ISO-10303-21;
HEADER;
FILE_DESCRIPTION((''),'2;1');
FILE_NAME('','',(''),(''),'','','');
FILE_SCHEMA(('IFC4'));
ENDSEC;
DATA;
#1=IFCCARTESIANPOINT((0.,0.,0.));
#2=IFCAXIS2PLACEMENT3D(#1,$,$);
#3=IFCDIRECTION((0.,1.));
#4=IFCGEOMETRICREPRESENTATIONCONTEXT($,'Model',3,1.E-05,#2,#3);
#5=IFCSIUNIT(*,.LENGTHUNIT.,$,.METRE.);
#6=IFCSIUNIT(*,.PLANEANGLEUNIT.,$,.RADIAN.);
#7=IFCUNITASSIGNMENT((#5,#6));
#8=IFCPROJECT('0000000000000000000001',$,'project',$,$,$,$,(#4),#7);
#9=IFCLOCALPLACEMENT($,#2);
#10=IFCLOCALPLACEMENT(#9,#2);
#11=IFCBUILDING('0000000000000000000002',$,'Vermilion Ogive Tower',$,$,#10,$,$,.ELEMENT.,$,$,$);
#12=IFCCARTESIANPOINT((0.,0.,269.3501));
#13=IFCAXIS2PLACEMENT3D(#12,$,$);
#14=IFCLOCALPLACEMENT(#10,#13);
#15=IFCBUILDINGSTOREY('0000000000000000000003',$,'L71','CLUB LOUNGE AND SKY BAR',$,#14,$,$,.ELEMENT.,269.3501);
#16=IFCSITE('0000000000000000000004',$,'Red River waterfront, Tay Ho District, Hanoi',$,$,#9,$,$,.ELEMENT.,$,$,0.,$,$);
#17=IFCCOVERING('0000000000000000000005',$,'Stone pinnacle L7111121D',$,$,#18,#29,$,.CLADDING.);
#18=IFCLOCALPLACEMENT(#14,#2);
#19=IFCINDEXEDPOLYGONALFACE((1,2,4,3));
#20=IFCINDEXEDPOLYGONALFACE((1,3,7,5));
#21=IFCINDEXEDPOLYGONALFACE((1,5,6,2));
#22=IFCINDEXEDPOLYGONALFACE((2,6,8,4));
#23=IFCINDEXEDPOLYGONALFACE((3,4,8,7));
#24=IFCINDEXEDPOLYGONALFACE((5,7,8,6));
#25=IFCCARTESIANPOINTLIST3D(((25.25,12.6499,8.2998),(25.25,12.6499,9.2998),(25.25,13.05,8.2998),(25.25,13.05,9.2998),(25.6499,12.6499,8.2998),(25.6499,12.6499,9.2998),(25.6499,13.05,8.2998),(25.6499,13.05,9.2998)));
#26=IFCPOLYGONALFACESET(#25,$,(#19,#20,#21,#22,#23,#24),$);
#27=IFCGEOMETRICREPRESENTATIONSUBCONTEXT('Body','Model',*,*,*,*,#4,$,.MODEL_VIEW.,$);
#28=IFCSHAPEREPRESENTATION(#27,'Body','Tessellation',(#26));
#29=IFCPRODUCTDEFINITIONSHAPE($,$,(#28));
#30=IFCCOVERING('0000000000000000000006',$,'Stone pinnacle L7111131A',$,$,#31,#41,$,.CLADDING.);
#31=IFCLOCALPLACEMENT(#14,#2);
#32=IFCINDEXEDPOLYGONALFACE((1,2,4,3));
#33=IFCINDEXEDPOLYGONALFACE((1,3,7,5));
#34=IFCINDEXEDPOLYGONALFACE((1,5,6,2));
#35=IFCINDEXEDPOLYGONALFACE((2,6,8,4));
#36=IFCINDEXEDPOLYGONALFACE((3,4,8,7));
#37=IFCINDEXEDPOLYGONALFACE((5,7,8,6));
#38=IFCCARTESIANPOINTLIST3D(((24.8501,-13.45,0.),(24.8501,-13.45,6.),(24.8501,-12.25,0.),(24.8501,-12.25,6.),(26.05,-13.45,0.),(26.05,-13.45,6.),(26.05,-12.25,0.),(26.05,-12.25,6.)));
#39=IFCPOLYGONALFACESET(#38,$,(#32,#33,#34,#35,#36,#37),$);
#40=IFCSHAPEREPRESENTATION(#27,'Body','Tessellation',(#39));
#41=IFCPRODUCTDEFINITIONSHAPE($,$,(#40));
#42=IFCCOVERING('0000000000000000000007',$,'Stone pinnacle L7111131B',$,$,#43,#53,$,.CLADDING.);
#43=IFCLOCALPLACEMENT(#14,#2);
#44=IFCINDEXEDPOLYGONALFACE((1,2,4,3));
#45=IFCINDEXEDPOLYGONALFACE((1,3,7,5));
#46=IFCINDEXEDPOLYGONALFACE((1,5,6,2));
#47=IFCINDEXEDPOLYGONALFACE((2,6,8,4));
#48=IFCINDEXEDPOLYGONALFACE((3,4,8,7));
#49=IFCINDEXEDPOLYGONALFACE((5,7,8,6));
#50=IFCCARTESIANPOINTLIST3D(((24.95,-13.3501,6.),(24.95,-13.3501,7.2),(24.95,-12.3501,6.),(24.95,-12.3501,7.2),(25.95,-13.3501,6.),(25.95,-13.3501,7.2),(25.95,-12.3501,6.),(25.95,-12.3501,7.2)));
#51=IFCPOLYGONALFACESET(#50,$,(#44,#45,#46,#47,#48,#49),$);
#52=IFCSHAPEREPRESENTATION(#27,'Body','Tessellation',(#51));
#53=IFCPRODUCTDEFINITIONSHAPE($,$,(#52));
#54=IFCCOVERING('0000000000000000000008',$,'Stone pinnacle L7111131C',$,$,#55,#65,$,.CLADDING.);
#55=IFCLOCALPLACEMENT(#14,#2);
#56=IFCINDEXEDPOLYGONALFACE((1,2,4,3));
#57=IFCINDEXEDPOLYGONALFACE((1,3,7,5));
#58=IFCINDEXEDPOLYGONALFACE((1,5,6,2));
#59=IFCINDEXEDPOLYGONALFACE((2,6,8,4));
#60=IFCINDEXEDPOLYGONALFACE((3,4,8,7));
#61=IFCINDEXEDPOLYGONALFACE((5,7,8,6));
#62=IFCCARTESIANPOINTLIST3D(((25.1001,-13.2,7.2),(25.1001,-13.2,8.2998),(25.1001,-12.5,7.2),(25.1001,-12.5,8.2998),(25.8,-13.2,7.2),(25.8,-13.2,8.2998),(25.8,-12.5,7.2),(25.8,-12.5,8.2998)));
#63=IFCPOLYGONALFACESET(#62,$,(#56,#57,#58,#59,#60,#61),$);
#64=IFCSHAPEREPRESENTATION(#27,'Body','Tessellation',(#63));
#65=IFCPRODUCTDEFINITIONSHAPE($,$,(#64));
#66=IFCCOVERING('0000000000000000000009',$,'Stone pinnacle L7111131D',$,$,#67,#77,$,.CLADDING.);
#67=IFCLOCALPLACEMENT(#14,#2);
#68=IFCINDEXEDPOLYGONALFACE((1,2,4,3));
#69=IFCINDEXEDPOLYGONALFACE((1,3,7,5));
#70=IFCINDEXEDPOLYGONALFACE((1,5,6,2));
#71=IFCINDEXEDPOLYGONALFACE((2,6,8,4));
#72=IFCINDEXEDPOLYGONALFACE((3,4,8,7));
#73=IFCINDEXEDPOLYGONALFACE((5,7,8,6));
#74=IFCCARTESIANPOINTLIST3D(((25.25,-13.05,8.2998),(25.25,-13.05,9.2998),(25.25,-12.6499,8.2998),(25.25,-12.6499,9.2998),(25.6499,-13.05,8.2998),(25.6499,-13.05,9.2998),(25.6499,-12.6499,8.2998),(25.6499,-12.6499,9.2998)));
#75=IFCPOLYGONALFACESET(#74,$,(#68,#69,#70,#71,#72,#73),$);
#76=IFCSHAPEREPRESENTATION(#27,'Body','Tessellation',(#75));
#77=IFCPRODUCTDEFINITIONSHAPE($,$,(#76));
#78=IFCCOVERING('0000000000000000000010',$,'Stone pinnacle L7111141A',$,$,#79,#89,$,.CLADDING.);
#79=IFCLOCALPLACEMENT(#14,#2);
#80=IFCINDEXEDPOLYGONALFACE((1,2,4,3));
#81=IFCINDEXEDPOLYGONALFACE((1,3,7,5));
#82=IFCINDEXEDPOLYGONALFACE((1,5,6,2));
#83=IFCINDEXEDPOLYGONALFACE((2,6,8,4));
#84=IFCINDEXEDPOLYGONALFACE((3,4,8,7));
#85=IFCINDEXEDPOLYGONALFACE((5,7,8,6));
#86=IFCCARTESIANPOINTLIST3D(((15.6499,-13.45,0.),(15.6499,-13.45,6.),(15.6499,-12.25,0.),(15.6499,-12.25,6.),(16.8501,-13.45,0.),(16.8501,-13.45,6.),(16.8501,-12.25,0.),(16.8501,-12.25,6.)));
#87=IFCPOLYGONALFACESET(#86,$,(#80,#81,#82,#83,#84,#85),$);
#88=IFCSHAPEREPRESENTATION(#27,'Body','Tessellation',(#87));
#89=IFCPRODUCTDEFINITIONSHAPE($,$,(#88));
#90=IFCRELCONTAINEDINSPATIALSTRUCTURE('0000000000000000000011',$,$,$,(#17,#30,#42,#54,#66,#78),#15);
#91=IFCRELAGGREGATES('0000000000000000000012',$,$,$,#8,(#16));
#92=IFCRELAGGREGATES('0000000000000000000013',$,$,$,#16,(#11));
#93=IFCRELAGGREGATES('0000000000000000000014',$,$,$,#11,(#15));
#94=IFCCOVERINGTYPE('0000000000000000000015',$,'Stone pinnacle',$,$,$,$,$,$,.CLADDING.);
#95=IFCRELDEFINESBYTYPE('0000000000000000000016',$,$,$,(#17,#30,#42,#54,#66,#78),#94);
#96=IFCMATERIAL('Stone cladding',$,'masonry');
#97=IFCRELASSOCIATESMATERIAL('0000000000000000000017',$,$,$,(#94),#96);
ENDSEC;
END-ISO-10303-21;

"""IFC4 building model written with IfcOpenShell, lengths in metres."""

from ifc_helpers import new_model, si_unit, direction, frame, origin, place, context, subcontext, project, spatial, polyline, outline, extrude, material, type_object, element, save


model = new_model("IFC4")

# Units and contexts
model_context = context("Model", 3, precision=1e-05, world=origin(), true_north=direction((0.0, 1.0)))
body_context = subcontext(model_context, "Body", "Model", "MODEL_VIEW")
ifc_project = project(units=[si_unit("LENGTHUNIT", "METRE"), si_unit("PLANEANGLEUNIT", "RADIAN")], contexts=[model_context])

# Site, building, storey
site_placement = place(None, origin())
site = spatial("IfcSite", under=ifc_project, at=site_placement, Name="Red River waterfront, Tay Ho District, Hanoi", CompositionType="ELEMENT", RefElevation=0.0)
building_placement = place(site_placement, origin())
building = spatial("IfcBuilding", under=site, at=building_placement, Name="Vermilion Ogive Tower", CompositionType="ELEMENT")
storey_placement = place(building_placement, frame((0.0, 0.0, 269.3501)))
storey = spatial("IfcBuildingStorey", under=building, at=storey_placement, Name="L71", Description="CLUB LOUNGE AND SKY BAR", CompositionType="ELEMENT", Elevation=269.3501)

# Coverings
ifc_material_1 = material(Name="Stone cladding", Category="masonry")
covering_type = type_object("IfcCoveringType", Name="Stone pinnacle", PredefinedType="CLADDING", material=ifc_material_1)
covering_1_placement = place(storey_placement, frame((0.0, 0.0, 8.2998)))
element("IfcCovering", 1, at=covering_1_placement, inside=storey, type_object=covering_type, Name="Stone pinnacle L7111121D", PredefinedType="CLADDING", context=body_context, shape_type="SweptSolid", body=[
    extrude(outline(polyline([(25.25, 12.6499), (25.6499, 12.6499), (25.6499, 13.05), (25.25, 13.05), (25.25, 12.6499)])), origin(), (0.0, 0.0, 1.0), 1.0),
])
covering_2_placement = place(storey_placement, origin())
element("IfcCovering", 2, at=covering_2_placement, inside=storey, type_object=covering_type, Name="Stone pinnacle L7111131A", PredefinedType="CLADDING", context=body_context, shape_type="SweptSolid", body=[
    extrude(outline(polyline([(24.8501, -13.45), (26.05, -13.45), (26.05, -12.25), (24.8501, -12.25), (24.8501, -13.45)])), origin(), (0.0, 0.0, 1.0), 6.0),
])
covering_3_placement = place(storey_placement, frame((0.0, 0.0, 6.0)))
element("IfcCovering", 3, at=covering_3_placement, inside=storey, type_object=covering_type, Name="Stone pinnacle L7111131B", PredefinedType="CLADDING", context=body_context, shape_type="SweptSolid", body=[
    extrude(outline(polyline([(24.95, -13.3501), (25.95, -13.3501), (25.95, -12.3501), (24.95, -12.3501), (24.95, -13.3501)])), origin(), (0.0, 0.0, 1.0), 1.2),
])
covering_4_placement = place(storey_placement, frame((0.0, 0.0, 7.2)))
element("IfcCovering", 4, at=covering_4_placement, inside=storey, type_object=covering_type, Name="Stone pinnacle L7111131C", PredefinedType="CLADDING", context=body_context, shape_type="SweptSolid", body=[
    extrude(outline(polyline([(25.1001, -13.2), (25.8, -13.2), (25.8, -12.5), (25.1001, -12.5), (25.1001, -13.2)])), origin(), (0.0, 0.0, 1.0), 1.0999),
])
covering_5_placement = place(storey_placement, frame((0.0, 0.0, 8.2998)))
element("IfcCovering", 5, at=covering_5_placement, inside=storey, type_object=covering_type, Name="Stone pinnacle L7111131D", PredefinedType="CLADDING", context=body_context, shape_type="SweptSolid", body=[
    extrude(outline(polyline([(25.25, -13.05), (25.6499, -13.05), (25.6499, -12.6499), (25.25, -12.6499), (25.25, -13.05)])), origin(), (0.0, 0.0, 1.0), 1.0),
])
covering_6_placement = place(storey_placement, origin())
element("IfcCovering", 6, at=covering_6_placement, inside=storey, type_object=covering_type, Name="Stone pinnacle L7111141A", PredefinedType="CLADDING", context=body_context, shape_type="SweptSolid", body=[
    extrude(outline(polyline([(15.6499, -13.45), (16.8501, -13.45), (16.8501, -12.25), (15.6499, -12.25), (15.6499, -13.45)])), origin(), (0.0, 0.0, 1.0), 6.0),
])

save(model, "model.ifc")
